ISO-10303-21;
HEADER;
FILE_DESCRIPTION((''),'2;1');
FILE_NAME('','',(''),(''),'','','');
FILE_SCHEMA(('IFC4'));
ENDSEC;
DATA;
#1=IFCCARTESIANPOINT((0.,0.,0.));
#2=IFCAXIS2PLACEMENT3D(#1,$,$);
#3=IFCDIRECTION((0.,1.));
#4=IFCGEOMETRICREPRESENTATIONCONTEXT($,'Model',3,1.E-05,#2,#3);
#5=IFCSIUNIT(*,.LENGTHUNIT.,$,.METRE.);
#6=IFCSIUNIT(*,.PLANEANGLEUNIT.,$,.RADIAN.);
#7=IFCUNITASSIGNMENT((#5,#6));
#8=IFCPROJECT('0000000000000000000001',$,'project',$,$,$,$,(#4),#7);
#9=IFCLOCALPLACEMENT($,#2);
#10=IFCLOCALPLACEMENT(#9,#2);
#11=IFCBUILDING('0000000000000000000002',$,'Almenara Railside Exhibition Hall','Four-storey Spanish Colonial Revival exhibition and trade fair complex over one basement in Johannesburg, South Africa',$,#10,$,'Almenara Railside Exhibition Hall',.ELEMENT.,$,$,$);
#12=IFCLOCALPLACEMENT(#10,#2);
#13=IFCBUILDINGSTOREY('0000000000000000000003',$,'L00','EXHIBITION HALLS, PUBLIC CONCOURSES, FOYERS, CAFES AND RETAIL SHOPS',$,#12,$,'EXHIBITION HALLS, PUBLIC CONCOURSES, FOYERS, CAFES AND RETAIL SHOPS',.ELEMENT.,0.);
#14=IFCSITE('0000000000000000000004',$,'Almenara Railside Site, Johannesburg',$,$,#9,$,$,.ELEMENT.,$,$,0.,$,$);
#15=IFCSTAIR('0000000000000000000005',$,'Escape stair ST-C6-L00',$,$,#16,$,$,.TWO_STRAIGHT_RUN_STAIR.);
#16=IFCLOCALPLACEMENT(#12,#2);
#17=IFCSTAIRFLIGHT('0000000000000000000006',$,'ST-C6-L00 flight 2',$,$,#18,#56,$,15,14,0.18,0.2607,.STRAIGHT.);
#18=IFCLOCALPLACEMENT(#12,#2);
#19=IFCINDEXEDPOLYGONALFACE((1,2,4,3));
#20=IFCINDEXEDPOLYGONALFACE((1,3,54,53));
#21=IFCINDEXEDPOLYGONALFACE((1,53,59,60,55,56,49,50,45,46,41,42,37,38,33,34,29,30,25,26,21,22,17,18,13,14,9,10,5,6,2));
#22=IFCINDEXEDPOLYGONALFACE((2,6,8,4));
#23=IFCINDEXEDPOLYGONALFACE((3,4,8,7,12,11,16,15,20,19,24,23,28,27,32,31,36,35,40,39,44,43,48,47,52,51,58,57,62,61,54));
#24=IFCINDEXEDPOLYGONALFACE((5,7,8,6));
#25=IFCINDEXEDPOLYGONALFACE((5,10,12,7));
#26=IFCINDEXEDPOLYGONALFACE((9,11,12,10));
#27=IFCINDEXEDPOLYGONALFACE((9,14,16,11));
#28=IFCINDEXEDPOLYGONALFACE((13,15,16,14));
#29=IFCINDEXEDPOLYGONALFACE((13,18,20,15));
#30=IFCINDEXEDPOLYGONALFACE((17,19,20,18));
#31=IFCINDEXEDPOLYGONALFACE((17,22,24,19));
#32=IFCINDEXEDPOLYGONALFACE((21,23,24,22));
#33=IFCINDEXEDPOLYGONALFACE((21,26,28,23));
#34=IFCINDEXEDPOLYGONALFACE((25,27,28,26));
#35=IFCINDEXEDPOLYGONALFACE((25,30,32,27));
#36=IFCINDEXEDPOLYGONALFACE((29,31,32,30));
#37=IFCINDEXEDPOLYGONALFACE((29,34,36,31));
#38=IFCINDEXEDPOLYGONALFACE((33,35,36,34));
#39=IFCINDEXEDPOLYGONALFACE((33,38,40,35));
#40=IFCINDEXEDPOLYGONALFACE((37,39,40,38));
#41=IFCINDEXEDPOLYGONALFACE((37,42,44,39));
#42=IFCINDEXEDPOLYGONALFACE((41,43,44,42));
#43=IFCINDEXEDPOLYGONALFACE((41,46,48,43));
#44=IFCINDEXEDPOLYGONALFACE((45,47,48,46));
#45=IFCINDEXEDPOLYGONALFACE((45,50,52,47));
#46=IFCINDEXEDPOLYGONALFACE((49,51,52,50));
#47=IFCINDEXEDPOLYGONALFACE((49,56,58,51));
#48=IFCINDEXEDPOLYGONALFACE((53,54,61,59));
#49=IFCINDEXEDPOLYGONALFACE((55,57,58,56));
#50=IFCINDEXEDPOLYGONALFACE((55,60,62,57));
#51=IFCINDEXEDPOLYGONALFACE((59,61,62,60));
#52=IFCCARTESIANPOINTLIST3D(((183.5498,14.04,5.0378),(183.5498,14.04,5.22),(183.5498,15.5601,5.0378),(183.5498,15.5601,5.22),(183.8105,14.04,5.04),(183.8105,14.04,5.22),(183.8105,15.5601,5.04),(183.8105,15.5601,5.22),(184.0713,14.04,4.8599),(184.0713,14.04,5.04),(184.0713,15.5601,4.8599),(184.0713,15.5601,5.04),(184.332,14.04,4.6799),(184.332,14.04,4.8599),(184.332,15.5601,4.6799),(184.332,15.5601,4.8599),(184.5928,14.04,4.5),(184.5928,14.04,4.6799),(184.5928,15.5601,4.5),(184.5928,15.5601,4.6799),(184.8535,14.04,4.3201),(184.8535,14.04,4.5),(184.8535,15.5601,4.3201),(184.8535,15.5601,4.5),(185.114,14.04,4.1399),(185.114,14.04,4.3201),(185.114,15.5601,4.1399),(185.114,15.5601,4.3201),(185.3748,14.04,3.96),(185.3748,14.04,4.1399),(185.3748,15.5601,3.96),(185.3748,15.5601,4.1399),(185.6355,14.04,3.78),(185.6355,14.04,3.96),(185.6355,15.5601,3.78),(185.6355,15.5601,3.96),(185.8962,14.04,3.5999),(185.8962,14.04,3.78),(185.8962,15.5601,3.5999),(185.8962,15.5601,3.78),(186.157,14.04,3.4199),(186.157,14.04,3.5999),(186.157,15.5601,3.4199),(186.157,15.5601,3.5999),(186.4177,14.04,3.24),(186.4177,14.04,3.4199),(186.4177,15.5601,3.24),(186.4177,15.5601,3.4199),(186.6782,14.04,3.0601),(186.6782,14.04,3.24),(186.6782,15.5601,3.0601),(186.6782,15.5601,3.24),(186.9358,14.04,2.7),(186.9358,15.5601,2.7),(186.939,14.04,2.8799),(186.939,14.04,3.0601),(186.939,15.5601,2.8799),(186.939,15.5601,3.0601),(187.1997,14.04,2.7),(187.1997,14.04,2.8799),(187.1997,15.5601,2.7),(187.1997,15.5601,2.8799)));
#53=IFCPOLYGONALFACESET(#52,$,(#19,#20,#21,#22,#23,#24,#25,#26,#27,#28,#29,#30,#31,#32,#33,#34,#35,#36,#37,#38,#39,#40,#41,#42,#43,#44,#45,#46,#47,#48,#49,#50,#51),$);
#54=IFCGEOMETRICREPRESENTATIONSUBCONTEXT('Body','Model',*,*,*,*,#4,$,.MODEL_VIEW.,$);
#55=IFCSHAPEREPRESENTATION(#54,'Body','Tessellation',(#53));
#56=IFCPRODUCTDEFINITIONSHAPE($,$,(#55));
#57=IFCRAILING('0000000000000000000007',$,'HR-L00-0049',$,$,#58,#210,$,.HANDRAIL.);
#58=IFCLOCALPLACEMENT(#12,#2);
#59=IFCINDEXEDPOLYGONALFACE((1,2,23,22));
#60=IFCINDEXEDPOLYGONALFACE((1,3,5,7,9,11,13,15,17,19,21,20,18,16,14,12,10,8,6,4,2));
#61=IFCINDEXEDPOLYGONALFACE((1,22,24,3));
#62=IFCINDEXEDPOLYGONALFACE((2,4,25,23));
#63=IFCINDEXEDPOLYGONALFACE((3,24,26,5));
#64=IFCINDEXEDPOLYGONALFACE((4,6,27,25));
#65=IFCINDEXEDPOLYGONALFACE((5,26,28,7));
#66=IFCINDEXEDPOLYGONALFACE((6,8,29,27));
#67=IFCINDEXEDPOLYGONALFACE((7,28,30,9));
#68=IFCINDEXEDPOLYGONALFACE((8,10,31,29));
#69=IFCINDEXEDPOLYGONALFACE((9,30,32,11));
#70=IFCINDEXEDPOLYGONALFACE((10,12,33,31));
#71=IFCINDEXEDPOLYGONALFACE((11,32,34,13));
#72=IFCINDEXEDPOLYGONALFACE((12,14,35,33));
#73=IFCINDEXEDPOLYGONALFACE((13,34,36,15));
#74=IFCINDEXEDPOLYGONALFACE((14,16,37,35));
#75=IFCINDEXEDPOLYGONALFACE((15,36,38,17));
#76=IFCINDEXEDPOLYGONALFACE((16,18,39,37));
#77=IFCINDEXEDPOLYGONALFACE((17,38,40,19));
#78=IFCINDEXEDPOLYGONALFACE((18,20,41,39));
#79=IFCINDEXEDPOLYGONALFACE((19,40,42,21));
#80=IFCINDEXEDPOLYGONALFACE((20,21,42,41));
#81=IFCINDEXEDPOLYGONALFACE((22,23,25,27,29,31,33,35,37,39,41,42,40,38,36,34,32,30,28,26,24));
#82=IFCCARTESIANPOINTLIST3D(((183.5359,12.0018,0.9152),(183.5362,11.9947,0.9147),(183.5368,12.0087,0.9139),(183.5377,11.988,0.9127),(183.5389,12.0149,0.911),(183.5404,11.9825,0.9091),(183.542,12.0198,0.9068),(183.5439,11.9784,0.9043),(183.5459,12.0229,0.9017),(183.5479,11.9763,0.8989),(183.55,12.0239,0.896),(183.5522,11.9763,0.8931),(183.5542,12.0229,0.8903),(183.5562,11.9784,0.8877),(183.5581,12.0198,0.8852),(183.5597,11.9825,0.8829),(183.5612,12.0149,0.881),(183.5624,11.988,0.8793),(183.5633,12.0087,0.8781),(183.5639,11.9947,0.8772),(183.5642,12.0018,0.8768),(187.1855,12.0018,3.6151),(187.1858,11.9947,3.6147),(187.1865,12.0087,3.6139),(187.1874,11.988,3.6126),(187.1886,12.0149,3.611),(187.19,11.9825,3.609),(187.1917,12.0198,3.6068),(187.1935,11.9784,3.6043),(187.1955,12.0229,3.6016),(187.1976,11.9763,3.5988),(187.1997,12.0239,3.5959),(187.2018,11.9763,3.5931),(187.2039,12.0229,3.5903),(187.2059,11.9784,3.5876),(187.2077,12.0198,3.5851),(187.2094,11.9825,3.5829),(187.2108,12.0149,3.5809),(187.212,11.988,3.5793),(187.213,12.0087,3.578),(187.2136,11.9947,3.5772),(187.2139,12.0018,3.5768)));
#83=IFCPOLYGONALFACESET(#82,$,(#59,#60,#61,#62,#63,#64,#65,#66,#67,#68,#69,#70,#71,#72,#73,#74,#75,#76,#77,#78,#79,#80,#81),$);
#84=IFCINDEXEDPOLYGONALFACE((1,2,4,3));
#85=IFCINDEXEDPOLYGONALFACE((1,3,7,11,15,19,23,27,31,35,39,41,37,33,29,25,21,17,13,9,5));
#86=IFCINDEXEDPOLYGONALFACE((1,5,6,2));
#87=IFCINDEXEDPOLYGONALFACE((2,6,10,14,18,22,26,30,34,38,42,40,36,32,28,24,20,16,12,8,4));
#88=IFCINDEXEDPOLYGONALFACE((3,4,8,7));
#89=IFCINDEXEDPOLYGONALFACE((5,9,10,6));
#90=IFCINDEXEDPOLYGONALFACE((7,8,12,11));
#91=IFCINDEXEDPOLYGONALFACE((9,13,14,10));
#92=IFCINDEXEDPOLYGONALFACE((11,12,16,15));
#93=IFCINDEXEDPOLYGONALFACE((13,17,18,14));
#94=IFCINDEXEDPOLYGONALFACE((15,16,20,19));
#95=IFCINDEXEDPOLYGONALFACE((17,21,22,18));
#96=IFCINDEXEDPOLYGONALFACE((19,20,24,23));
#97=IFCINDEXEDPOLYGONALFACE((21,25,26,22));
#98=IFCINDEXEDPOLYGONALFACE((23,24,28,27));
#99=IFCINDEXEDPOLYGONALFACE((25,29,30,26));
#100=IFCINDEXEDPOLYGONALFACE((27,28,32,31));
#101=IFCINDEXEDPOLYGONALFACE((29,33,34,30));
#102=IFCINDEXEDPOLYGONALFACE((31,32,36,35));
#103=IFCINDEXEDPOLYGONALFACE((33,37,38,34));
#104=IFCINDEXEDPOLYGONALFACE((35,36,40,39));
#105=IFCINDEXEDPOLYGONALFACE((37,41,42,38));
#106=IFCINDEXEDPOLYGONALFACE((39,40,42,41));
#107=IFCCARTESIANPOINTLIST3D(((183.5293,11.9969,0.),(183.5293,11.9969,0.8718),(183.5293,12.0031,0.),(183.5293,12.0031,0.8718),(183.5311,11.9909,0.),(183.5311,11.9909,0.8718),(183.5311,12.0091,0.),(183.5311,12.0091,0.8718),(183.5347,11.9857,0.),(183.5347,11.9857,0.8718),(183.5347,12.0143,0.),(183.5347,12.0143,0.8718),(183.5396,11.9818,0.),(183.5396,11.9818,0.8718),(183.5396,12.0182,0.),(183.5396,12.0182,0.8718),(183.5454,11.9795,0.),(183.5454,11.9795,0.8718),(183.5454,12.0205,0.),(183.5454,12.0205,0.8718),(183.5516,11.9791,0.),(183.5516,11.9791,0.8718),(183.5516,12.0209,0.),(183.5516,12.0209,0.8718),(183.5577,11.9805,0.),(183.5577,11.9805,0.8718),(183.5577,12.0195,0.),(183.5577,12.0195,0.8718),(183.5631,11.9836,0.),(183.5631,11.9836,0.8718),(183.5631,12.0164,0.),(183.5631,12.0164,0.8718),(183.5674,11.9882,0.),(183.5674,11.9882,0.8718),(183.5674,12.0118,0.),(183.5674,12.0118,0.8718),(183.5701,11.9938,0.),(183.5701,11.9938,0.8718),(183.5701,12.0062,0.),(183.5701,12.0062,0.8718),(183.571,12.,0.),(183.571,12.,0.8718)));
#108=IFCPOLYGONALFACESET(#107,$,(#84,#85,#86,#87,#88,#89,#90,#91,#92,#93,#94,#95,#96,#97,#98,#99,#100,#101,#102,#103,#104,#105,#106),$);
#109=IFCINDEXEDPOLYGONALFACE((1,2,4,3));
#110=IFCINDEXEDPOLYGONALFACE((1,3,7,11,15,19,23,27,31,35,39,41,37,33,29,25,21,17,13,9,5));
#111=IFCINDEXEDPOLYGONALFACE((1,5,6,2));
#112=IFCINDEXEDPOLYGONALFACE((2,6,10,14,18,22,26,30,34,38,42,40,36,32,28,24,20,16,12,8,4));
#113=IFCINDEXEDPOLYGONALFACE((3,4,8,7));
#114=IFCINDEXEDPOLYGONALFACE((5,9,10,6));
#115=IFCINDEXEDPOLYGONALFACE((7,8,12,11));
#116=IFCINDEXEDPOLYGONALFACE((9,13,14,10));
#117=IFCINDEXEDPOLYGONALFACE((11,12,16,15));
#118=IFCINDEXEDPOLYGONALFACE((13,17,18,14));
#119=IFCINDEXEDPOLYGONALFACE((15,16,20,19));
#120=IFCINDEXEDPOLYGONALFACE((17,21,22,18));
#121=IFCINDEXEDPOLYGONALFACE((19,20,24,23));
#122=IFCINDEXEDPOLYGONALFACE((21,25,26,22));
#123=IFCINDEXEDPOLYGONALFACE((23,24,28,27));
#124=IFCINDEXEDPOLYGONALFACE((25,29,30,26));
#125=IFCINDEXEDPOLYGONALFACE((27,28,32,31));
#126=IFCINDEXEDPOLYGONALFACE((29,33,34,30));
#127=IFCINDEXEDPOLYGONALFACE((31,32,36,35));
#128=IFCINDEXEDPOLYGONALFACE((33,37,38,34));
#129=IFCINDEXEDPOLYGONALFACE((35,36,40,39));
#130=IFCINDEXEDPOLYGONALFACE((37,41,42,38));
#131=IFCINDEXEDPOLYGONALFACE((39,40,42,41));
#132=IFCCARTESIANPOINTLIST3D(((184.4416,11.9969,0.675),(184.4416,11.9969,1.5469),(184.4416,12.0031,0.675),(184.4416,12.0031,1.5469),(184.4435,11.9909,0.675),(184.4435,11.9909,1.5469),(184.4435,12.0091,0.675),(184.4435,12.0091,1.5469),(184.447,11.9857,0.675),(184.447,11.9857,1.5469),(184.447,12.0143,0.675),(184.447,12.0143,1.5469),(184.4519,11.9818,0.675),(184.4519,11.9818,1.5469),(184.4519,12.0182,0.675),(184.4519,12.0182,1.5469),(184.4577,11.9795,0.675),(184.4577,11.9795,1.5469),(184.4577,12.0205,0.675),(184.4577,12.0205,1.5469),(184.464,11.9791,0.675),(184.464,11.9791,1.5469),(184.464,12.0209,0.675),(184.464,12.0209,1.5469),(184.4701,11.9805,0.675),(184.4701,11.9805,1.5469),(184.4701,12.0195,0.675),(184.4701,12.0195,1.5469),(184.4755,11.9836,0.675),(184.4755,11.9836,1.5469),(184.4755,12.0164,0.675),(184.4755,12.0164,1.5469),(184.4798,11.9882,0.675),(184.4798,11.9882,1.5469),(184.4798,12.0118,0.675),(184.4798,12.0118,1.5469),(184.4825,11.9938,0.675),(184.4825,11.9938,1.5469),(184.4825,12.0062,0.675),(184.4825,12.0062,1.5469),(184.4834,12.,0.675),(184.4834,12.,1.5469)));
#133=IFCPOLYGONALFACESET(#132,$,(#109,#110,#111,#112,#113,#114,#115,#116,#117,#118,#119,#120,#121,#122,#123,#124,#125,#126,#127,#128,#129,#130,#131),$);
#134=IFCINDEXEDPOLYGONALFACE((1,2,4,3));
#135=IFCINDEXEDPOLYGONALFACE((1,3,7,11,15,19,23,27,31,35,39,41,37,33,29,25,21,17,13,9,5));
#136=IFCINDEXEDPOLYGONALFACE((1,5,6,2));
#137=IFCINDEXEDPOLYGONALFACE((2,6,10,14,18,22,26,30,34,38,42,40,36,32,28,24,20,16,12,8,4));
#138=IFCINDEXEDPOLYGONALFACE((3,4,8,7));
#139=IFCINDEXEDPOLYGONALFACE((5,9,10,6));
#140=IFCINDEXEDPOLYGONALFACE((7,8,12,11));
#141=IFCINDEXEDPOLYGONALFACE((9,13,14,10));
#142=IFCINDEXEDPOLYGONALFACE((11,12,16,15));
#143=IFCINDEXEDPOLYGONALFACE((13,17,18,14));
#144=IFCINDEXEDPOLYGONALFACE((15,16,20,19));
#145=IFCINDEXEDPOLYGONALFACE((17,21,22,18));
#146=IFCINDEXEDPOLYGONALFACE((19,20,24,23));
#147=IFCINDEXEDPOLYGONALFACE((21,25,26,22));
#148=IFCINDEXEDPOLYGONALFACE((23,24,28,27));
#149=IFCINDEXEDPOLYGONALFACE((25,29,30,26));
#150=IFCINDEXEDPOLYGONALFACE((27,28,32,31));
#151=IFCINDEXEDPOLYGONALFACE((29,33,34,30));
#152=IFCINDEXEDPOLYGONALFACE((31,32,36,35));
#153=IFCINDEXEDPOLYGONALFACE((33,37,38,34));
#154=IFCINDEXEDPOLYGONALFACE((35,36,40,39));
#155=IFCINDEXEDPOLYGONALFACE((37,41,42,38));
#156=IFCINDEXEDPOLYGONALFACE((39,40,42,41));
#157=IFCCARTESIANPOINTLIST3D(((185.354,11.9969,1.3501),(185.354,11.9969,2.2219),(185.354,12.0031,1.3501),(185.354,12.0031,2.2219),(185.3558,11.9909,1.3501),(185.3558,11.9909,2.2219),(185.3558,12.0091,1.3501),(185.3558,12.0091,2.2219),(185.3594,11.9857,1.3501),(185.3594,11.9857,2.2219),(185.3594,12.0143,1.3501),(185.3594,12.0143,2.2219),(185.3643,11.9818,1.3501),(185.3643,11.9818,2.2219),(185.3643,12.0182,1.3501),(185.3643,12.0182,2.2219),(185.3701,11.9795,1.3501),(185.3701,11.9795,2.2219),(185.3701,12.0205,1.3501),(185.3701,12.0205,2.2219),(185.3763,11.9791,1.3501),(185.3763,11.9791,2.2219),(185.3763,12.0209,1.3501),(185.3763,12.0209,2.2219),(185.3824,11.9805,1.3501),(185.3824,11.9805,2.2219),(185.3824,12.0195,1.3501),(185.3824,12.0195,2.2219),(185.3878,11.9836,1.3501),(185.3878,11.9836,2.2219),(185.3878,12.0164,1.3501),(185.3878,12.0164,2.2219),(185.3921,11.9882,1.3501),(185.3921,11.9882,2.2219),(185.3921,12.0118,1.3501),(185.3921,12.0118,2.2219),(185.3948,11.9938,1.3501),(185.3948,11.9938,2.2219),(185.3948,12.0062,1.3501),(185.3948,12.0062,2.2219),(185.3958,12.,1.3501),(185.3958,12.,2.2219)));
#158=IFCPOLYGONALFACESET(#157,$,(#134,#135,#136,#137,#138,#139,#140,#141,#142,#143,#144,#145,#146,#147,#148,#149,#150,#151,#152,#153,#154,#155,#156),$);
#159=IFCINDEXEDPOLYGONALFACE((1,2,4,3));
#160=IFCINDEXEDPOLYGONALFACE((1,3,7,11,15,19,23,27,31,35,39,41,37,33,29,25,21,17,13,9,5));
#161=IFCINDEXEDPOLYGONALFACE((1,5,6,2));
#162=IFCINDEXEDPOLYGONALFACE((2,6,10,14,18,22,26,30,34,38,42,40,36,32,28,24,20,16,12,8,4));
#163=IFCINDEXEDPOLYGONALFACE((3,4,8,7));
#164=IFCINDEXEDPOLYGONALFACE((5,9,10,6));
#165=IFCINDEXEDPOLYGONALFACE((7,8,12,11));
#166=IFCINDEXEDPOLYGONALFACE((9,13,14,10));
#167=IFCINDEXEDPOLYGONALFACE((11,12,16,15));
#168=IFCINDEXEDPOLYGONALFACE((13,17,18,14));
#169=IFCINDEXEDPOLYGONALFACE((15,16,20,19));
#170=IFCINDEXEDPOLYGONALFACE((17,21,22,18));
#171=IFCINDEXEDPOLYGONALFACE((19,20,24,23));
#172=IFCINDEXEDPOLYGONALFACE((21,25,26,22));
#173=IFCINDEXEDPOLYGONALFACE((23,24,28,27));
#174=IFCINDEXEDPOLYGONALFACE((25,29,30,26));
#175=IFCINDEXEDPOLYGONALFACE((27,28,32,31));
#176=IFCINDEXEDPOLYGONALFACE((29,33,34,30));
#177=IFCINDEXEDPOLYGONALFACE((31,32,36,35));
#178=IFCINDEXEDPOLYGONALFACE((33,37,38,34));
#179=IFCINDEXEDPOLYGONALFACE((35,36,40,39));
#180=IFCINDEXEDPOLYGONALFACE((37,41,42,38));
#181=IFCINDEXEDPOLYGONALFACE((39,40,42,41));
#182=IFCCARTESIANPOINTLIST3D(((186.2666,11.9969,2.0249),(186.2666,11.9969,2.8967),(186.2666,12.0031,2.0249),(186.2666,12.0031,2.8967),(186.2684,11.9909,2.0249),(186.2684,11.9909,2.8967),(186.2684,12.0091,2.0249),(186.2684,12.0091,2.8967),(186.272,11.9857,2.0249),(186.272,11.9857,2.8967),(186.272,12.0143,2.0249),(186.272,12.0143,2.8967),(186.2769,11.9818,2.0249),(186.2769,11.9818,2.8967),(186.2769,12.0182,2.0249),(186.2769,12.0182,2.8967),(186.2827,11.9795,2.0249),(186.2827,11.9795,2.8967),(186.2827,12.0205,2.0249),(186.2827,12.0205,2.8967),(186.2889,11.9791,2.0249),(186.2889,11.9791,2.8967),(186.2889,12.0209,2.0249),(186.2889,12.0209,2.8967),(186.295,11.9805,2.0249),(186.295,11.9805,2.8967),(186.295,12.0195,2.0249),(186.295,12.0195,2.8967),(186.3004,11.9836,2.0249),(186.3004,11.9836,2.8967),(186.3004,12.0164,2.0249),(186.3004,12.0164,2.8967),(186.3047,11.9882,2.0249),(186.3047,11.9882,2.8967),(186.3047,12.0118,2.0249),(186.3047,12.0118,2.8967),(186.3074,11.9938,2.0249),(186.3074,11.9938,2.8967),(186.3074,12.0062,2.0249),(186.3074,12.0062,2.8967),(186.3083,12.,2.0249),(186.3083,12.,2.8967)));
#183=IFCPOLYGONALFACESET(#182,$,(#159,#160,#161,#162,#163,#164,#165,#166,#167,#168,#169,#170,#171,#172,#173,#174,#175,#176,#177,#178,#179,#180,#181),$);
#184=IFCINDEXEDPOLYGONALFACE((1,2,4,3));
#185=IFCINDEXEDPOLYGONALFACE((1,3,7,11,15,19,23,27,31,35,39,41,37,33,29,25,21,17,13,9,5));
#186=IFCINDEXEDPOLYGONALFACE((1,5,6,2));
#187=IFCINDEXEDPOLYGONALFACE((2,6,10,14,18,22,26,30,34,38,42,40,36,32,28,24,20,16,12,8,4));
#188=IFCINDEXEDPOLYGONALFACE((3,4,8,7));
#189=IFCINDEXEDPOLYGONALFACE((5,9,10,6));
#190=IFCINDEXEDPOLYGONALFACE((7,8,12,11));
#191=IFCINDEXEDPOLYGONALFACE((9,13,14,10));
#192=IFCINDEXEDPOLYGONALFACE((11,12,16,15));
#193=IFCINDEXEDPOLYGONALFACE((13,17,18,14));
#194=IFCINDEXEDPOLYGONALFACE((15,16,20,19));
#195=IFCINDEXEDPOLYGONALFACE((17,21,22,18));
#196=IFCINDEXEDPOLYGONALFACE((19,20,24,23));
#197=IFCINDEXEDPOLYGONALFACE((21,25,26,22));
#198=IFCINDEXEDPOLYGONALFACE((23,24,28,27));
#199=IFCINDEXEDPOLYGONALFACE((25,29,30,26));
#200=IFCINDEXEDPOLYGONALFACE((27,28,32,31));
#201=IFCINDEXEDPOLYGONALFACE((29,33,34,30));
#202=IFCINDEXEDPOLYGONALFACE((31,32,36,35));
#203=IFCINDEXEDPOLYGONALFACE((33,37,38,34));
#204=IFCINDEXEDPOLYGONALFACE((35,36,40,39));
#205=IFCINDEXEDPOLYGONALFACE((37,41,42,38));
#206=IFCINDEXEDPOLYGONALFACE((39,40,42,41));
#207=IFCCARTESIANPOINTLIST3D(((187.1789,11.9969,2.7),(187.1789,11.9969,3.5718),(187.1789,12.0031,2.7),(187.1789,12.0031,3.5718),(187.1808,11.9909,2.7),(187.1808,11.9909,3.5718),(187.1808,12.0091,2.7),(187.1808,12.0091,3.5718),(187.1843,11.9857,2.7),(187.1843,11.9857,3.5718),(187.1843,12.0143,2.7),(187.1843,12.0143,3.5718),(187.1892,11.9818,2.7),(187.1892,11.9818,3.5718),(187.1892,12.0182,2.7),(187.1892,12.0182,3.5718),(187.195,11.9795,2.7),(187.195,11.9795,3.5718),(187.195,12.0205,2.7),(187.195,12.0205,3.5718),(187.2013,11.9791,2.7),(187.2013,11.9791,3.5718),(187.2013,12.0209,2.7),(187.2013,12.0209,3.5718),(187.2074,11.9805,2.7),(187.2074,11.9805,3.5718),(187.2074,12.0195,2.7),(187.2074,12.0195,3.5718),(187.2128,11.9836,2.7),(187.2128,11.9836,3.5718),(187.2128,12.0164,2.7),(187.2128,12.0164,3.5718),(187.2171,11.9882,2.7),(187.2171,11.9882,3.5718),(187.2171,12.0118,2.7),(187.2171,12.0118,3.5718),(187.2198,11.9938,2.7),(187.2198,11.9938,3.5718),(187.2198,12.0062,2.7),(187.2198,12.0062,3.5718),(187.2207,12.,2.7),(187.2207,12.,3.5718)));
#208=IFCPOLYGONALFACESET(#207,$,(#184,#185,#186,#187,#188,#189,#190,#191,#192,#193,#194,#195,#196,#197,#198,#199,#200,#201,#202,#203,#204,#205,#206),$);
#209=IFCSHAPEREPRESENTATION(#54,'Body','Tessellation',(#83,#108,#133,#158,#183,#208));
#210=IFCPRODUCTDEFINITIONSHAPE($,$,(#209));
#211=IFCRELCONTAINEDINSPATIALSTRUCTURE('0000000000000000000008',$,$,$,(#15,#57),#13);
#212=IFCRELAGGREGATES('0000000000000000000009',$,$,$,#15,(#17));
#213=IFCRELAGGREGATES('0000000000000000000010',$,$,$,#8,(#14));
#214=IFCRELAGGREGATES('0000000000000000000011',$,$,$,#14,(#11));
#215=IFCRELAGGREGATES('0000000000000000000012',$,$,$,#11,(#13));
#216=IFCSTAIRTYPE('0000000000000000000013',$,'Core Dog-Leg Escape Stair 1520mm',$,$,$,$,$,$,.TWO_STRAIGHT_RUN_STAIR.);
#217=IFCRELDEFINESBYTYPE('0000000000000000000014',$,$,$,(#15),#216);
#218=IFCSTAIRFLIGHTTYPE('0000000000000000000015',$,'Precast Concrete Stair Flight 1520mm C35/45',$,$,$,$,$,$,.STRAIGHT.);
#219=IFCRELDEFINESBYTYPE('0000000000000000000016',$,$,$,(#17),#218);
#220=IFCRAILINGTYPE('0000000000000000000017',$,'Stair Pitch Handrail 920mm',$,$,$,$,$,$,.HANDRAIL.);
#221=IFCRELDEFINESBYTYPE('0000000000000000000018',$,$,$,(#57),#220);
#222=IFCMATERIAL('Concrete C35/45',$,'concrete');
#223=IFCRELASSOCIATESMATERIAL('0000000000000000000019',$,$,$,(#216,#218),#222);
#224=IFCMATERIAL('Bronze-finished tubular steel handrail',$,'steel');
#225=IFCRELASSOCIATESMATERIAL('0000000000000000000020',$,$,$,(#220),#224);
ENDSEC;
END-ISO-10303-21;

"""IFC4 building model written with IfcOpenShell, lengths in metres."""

from ifc_helpers import new_model, si_unit, direction, frame, origin, origin_2d, place, context, subcontext, project, spatial, polyline, circle, outline, extrude, material, type_object, element, aggregate, save


model = new_model("IFC4")

# Units and contexts
model_context = context("Model", 3, precision=1e-05, world=origin(), true_north=direction((0.0, 1.0)))
body_context = subcontext(model_context, "Body", "Model", "MODEL_VIEW")
ifc_project = project(units=[si_unit("LENGTHUNIT", "METRE"), si_unit("PLANEANGLEUNIT", "RADIAN")], contexts=[model_context])

# Site, building, storey
site_placement = place(None, origin())
site = spatial("IfcSite", under=ifc_project, at=site_placement, Name="Almenara Railside Site, Johannesburg", CompositionType="ELEMENT", RefElevation=0.0)
building_placement = place(site_placement, origin())
building = spatial("IfcBuilding", under=site, at=building_placement, Name="Almenara Railside Exhibition Hall", Description="Four-storey Spanish Colonial Revival exhibition and trade fair complex over one basement in Johannesburg, South Africa", LongName="Almenara Railside Exhibition Hall", CompositionType="ELEMENT")
storey_placement = place(building_placement, origin())
storey = spatial("IfcBuildingStorey", under=building, at=storey_placement, Name="L00", Description="EXHIBITION HALLS, PUBLIC CONCOURSES, FOYERS, CAFES AND RETAIL SHOPS", LongName="EXHIBITION HALLS, PUBLIC CONCOURSES, FOYERS, CAFES AND RETAIL SHOPS", CompositionType="ELEMENT", Elevation=0.0)

# Shared definitions
ifc_material_1 = material(Name="Concrete C35/45", Category="concrete")

# Stair, stair flight
stair_type = type_object("IfcStairType", Name="Core Dog-Leg Escape Stair 1520mm", PredefinedType="TWO_STRAIGHT_RUN_STAIR", material=ifc_material_1)
stair_placement = place(storey_placement, origin())
stair = element("IfcStair", 1, at=stair_placement, inside=storey, type_object=stair_type, Name="Escape stair ST-C6-L00", PredefinedType="TWO_STRAIGHT_RUN_STAIR")
stair_flight_type = type_object("IfcStairFlightType", Name="Precast Concrete Stair Flight 1520mm C35/45", PredefinedType="STRAIGHT", material=ifc_material_1)
stair_flight_1_placement = place(storey_placement, frame((187.1997, 14.8, 2.7), z_axis=(0.0, 0.0, 1.0), x_axis=(-1.0, 0.0, 0.0)))
stair_flight_1 = element("IfcStairFlight", 2, at=stair_flight_1_placement, type_object=stair_flight_type, Name="ST-C6-L00 flight 2", NumberOfRisers=15, NumberOfTreads=14, PredefinedType="STRAIGHT", RiserHeight=0.18, TreadLength=0.2607, context=body_context, shape_type="SweptSolid", body=[
    extrude(outline(polyline([(0.0, 0.0), (0.0, 0.1799), (0.2607, 0.1799), (0.2607, 0.3601), (0.5215, 0.3601), (0.5215, 0.54), (0.782, 0.54), (0.782, 0.72), (1.0427, 0.72), (1.0427, 0.8999), (1.3035, 0.8999), (1.3035, 1.0801), (1.5642, 1.0801), (1.5642, 1.26), (1.825, 1.26), (1.825, 1.4399), (2.0857, 1.4399), (2.0857, 1.6201), (2.3462, 1.6201), (2.3462, 1.8), (2.6069, 1.8), (2.6069, 1.98), (2.8677, 1.98), (2.8677, 2.1599), (3.1284, 2.1599), (3.1284, 2.3401), (3.3892, 2.3401), (3.3892, 2.52), (3.6499, 2.52), (3.6499, 2.7), (3.6499, 2.3379), (0.2639, 0.0), (0.0, 0.0)])), frame((0.0, 0.76, 0.0), z_axis=(0.0, -1.0, 0.0), x_axis=(1.0, 0.0, 0.0)), (0.0, 0.0, 1.0), 1.52),
])
aggregate(stair, [stair_flight_1])

# Railing
ifc_material_2 = material(Name="Bronze-finished tubular steel handrail", Category="steel")
railing_type_1 = type_object("IfcRailingType", Name="Stair Pitch Handrail 920mm", PredefinedType="HANDRAIL", material=ifc_material_2)
railing_1_placement = place(storey_placement, frame((183.55, 12.0, 0.0)))
element("IfcRailing", 3, at=railing_1_placement, inside=storey, type_object=railing_type_1, Name="HR-L00-0049", PredefinedType="HANDRAIL", context=body_context, shape_type="SweptSolid", body=[
    extrude(circle(Radius=0.0239, at=origin_2d()), frame((0.0, 0.0, 0.896), z_axis=(0.803926, 0.0, 0.59473), x_axis=(0.0, 1.0, 0.0)), (0.0, 0.0, 1.0), 4.5398),
    extrude(circle(Radius=0.021, at=origin_2d()), origin(), (0.0, 0.0, 1.0), 0.8718),
    extrude(circle(Radius=0.021, at=origin_2d()), frame((0.9124, 0.0, 0.675)), (0.0, 0.0, 1.0), 0.8718),
    extrude(circle(Radius=0.021, at=origin_2d()), frame((1.8247, 0.0, 1.3501)), (0.0, 0.0, 1.0), 0.8718),
    extrude(circle(Radius=0.021, at=origin_2d()), frame((2.7373, 0.0, 2.0249)), (0.0, 0.0, 1.0), 0.8718),
    extrude(circle(Radius=0.021, at=origin_2d()), frame((3.6497, 0.0, 2.7)), (0.0, 0.0, 1.0), 0.8718),
])

save(model, "model.ifc")
